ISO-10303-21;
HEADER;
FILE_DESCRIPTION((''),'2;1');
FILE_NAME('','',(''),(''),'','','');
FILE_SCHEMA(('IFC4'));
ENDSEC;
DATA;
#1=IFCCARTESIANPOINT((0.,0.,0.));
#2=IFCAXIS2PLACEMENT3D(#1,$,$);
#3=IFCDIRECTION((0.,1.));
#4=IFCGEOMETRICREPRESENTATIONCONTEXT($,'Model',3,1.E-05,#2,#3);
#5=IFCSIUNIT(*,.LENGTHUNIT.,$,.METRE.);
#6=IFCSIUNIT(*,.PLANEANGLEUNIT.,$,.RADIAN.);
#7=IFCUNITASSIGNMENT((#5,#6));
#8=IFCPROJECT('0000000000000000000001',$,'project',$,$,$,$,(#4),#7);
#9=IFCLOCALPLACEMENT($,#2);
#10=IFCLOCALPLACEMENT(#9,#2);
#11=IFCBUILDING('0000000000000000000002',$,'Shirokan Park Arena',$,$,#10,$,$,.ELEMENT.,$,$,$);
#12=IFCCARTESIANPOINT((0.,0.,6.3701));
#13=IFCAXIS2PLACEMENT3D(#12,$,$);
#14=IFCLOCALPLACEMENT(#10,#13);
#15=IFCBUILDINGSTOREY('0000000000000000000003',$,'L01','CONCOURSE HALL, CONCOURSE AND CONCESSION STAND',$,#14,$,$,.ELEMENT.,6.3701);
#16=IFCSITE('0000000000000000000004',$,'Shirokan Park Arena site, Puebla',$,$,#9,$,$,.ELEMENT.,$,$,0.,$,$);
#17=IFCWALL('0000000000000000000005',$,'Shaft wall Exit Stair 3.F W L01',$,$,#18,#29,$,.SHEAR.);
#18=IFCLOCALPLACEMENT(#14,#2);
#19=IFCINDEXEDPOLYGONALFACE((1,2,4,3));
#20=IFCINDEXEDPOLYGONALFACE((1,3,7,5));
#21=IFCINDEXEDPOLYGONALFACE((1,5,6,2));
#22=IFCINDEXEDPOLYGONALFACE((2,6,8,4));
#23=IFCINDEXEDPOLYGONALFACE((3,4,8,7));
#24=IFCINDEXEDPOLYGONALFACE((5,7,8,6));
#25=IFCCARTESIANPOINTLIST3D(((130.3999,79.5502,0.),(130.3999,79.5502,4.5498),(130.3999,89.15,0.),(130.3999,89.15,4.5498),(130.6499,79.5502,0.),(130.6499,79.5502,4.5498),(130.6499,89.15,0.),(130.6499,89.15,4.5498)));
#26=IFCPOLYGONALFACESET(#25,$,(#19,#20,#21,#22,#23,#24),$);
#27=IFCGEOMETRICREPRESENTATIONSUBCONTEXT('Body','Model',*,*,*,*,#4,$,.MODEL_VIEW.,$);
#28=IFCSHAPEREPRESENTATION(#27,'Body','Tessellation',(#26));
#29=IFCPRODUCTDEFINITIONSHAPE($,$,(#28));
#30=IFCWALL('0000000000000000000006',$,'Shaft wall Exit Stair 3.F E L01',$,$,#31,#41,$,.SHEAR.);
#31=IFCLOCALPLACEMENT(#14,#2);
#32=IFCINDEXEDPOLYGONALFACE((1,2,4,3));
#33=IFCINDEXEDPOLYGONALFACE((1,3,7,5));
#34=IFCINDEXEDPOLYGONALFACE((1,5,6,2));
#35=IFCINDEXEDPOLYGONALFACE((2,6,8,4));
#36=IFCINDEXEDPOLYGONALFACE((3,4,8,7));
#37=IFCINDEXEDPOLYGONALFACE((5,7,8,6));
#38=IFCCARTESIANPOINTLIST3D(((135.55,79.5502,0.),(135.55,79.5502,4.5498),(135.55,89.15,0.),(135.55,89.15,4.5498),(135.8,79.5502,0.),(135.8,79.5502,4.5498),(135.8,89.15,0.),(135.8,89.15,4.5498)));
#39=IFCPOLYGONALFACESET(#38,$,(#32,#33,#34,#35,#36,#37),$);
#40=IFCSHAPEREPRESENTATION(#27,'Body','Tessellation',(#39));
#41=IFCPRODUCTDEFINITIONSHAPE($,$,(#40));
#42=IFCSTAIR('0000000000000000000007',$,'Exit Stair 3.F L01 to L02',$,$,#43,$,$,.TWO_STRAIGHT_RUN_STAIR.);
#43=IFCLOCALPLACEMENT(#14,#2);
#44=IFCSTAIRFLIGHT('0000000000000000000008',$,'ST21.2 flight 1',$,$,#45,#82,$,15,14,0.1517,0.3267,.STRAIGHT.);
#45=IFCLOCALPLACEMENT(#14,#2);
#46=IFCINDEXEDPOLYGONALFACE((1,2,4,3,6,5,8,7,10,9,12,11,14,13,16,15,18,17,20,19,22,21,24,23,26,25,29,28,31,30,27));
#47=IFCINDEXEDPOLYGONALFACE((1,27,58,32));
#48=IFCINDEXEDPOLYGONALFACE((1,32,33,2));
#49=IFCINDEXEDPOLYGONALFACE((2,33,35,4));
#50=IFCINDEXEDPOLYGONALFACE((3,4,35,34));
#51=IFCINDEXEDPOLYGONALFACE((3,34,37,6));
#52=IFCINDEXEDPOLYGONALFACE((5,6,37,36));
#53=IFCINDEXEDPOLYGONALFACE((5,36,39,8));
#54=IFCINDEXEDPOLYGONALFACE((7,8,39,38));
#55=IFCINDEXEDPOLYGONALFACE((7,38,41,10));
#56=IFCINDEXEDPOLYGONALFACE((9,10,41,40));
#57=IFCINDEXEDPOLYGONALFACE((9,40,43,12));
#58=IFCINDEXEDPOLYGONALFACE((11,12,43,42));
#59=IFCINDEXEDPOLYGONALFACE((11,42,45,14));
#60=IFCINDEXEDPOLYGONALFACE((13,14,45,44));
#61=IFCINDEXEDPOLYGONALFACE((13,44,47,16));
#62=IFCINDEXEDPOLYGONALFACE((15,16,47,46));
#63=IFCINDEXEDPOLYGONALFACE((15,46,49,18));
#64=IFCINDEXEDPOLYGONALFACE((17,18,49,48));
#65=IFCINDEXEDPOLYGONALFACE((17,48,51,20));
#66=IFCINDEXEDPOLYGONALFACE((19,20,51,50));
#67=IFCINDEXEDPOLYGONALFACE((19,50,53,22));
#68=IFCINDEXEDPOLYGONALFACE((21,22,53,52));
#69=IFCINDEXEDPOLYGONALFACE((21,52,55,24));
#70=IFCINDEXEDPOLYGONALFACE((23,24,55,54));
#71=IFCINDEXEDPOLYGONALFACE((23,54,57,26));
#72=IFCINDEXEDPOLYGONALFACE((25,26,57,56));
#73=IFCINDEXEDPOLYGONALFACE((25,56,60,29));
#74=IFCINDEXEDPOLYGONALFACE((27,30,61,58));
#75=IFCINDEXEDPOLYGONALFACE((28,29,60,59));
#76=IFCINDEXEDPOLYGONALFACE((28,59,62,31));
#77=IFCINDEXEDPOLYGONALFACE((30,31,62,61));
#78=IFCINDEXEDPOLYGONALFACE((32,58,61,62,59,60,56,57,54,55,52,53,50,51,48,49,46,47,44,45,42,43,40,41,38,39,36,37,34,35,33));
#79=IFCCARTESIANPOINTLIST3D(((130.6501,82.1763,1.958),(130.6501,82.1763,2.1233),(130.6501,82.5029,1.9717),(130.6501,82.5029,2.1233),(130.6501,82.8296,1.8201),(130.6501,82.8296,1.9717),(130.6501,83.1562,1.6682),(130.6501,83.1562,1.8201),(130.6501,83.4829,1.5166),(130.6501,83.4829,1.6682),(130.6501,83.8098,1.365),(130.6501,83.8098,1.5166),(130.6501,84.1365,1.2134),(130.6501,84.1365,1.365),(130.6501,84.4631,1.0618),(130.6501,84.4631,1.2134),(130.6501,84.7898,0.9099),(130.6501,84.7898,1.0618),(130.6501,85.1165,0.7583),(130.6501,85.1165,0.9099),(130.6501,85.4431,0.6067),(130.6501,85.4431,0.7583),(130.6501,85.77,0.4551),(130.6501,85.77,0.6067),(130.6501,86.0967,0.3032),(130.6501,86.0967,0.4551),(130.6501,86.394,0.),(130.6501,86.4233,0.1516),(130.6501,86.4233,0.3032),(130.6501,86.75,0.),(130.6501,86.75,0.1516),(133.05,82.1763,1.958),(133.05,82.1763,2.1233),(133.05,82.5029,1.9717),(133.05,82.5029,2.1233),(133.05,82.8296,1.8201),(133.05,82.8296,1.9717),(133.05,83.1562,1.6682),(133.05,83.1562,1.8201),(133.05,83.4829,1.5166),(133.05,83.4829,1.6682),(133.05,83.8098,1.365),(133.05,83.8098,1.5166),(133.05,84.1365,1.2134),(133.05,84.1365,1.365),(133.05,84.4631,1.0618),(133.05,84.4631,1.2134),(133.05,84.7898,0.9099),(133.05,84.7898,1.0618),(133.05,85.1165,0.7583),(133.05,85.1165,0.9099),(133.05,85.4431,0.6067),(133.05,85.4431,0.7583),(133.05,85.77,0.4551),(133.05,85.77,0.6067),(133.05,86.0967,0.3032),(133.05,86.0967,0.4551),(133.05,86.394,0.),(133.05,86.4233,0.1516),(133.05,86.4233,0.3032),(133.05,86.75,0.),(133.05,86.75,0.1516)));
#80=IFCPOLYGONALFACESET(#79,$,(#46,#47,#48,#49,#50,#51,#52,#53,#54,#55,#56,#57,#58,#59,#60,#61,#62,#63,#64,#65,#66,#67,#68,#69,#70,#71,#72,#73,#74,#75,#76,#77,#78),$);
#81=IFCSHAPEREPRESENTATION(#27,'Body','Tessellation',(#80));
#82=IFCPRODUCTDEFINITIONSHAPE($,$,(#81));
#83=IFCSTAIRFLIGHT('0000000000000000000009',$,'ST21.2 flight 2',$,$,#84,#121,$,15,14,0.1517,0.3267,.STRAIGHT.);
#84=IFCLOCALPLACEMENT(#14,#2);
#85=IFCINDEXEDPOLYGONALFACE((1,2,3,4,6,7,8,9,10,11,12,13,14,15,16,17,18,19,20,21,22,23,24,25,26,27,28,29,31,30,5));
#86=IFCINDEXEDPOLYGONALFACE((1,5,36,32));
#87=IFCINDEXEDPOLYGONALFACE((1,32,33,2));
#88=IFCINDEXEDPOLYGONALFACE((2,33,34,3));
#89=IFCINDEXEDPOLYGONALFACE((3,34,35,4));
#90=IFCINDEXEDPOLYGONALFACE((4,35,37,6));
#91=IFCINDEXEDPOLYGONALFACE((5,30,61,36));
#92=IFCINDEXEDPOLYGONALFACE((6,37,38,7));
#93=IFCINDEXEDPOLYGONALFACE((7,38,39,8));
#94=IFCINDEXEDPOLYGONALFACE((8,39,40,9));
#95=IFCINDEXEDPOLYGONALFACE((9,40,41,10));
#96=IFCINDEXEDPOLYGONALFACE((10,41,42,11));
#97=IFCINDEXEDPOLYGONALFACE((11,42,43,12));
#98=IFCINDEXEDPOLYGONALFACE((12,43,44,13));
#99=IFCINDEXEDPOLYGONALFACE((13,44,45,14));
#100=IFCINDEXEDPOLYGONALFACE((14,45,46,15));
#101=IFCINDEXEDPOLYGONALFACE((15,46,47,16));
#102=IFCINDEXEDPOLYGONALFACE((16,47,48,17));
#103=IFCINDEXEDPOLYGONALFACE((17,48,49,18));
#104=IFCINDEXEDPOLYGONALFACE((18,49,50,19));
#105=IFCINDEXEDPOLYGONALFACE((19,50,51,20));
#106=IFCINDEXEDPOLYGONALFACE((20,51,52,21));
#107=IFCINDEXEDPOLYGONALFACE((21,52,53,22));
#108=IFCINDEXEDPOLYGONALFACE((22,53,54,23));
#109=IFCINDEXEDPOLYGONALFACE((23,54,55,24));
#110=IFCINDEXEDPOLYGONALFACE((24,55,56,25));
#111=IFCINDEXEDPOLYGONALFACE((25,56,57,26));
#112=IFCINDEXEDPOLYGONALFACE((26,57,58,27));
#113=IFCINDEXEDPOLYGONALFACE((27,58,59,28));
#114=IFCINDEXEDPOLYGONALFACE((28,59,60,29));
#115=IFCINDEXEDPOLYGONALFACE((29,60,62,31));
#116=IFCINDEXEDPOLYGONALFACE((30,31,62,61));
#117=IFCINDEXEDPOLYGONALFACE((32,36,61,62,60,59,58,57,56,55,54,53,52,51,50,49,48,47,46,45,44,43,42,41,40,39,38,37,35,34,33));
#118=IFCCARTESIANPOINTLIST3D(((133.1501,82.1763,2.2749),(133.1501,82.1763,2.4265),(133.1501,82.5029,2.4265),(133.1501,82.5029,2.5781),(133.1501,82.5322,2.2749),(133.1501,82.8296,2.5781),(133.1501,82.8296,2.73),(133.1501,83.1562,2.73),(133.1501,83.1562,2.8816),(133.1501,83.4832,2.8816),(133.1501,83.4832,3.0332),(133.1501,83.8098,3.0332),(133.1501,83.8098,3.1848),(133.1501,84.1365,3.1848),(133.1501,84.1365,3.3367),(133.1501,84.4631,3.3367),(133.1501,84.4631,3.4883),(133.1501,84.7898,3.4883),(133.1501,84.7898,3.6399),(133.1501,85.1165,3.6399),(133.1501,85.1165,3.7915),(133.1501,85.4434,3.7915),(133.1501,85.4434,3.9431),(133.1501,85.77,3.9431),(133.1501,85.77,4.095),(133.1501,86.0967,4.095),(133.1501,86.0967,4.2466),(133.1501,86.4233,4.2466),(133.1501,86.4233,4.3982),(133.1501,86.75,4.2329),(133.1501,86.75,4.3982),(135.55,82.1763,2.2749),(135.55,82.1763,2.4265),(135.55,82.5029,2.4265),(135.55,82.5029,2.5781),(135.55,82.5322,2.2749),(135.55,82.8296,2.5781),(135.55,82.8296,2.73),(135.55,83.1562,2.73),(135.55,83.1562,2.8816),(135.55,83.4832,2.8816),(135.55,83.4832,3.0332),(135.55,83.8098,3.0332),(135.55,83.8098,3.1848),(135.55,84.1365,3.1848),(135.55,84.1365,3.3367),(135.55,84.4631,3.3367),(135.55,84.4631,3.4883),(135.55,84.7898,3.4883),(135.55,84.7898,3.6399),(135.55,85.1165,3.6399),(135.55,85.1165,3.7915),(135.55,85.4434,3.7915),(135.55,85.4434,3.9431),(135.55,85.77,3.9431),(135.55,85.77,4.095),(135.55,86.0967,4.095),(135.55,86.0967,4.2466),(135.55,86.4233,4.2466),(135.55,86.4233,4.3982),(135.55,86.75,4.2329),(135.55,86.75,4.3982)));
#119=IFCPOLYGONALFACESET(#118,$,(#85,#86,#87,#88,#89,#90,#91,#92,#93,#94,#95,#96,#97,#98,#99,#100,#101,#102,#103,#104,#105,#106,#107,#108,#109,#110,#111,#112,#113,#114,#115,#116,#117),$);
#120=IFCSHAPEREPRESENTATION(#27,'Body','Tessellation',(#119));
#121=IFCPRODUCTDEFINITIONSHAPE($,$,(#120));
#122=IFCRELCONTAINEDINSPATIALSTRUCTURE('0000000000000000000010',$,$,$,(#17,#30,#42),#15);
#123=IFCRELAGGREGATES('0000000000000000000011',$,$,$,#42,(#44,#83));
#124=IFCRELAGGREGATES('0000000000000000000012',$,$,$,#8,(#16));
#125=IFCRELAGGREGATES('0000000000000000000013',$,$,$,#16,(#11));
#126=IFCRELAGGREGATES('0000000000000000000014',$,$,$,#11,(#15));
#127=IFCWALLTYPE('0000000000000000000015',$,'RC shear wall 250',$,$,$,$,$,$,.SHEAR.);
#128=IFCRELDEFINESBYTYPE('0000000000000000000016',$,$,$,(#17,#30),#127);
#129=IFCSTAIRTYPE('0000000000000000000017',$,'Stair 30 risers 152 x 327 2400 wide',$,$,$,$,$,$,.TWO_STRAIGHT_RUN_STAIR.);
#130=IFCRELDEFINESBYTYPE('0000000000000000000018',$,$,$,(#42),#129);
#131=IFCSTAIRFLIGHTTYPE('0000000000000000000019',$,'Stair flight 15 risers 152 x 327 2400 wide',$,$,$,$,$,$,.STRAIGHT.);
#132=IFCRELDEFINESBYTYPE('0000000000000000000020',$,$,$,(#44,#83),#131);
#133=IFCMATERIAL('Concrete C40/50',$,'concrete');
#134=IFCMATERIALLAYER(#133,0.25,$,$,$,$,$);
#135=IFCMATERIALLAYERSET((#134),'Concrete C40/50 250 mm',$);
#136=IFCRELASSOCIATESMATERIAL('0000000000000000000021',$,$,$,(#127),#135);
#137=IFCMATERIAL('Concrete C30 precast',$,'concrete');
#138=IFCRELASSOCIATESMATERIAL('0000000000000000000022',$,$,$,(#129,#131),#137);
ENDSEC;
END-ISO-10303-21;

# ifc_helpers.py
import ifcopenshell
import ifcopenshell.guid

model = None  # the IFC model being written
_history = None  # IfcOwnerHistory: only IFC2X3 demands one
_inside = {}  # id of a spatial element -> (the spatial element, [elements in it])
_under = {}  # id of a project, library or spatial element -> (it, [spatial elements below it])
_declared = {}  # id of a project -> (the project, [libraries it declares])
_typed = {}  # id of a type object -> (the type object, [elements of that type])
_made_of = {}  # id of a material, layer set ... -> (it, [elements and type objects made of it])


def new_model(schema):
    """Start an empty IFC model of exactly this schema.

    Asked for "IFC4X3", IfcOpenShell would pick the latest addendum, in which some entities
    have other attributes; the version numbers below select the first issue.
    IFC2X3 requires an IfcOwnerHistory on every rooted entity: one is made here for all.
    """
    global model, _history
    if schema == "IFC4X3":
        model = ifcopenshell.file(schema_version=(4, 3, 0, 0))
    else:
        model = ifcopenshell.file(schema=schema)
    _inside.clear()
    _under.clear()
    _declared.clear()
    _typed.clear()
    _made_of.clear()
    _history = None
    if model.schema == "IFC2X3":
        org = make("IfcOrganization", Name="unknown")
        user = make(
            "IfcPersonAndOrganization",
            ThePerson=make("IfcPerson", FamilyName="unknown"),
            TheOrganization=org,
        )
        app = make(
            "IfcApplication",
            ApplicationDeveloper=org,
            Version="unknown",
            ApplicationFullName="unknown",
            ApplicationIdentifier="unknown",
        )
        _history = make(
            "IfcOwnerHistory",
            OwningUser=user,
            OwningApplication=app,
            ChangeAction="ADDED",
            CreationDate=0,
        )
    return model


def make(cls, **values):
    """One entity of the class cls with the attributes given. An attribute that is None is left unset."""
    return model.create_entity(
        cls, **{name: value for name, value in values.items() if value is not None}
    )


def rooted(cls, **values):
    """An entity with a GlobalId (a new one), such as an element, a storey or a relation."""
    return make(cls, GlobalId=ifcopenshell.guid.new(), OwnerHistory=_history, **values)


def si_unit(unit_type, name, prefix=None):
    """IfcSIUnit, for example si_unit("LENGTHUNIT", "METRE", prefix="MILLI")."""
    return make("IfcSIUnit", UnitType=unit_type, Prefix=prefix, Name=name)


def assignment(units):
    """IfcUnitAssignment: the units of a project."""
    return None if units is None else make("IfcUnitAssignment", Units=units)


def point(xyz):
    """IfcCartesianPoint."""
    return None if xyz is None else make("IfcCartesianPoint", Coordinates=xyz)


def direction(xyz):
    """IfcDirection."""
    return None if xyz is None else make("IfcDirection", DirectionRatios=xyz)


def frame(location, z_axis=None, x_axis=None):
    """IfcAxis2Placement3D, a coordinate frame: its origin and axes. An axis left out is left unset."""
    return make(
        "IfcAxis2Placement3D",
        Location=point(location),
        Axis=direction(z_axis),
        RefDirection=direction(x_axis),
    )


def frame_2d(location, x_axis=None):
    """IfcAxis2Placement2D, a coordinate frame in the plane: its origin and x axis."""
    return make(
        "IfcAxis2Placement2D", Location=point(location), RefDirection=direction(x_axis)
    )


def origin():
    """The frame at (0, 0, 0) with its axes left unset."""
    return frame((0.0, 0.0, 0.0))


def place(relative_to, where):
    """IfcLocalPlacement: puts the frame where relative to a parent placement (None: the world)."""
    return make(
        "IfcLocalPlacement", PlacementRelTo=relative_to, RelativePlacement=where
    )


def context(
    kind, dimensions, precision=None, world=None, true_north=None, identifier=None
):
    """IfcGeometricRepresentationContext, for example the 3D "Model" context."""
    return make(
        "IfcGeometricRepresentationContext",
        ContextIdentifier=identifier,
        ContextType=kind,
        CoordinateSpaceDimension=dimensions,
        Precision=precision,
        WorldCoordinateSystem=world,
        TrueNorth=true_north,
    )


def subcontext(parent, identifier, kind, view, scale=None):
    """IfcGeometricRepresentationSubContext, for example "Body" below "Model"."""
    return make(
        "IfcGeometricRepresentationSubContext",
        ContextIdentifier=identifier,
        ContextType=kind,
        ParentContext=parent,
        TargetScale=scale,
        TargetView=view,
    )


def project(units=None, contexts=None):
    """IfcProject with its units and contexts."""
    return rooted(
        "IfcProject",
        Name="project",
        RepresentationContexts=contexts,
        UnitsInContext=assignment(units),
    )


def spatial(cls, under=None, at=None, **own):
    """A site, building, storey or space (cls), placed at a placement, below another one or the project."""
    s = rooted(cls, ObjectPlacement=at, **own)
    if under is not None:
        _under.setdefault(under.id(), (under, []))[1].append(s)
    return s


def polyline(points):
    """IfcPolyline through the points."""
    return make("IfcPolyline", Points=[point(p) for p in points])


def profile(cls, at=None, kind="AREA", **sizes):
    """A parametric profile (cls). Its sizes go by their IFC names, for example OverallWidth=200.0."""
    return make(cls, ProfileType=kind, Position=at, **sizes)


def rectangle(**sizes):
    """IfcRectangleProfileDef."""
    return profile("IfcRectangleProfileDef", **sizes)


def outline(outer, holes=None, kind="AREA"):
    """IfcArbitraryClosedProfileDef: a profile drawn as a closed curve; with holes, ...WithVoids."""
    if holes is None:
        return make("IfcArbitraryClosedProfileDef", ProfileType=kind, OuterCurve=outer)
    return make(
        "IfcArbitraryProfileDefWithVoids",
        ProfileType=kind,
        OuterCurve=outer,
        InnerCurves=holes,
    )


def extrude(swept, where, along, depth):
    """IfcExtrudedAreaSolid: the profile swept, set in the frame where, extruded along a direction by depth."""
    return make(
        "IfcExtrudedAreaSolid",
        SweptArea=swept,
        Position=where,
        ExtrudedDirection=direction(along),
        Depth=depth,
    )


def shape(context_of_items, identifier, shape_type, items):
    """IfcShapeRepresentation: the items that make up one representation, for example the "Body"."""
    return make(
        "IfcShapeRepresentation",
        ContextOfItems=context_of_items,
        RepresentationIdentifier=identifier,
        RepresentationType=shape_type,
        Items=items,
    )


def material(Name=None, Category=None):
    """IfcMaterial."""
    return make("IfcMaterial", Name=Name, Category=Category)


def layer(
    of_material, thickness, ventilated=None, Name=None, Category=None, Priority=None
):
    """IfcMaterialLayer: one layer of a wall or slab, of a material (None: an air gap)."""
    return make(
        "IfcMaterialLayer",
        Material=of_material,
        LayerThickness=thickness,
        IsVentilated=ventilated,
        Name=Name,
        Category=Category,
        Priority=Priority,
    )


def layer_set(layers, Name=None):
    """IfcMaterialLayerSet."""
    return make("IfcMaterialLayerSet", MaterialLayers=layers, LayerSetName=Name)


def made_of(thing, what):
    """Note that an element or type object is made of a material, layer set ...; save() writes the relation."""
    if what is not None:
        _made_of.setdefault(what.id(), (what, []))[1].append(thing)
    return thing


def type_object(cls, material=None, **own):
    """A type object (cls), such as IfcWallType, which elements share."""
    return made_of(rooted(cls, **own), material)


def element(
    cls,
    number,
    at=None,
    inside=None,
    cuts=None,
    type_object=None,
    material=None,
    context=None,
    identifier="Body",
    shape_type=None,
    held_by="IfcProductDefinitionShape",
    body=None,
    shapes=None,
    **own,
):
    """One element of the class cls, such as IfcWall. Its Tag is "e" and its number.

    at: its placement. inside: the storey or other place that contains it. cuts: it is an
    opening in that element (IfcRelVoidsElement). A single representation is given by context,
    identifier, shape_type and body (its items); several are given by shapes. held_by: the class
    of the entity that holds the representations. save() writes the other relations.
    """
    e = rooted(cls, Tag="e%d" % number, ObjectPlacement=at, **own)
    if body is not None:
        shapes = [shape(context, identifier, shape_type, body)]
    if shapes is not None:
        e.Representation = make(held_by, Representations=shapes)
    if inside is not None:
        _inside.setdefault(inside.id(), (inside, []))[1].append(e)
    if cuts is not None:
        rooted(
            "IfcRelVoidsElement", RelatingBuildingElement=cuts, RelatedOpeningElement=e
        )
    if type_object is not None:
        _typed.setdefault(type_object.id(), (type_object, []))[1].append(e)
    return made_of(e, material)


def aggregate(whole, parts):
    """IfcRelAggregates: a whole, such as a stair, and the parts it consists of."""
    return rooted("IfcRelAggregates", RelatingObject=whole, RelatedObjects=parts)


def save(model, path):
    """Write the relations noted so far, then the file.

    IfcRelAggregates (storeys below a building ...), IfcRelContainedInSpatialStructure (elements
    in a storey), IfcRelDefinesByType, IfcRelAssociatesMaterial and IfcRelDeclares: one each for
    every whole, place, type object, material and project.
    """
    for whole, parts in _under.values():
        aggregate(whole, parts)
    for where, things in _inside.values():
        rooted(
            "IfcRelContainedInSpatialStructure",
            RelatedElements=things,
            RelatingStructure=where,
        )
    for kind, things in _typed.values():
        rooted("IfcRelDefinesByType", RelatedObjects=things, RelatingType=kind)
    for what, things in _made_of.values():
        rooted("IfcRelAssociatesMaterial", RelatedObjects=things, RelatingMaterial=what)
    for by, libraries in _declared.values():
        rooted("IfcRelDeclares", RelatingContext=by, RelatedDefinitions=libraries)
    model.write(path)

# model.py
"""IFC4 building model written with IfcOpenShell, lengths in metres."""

from ifc_helpers import new_model, si_unit, direction, frame, frame_2d, origin, place, context, subcontext, project, spatial, polyline, rectangle, outline, extrude, material, layer, layer_set, type_object, element, aggregate, save


model = new_model("IFC4")

# Units and contexts
model_context = context("Model", 3, precision=1e-05, world=origin(), true_north=direction((0.0, 1.0)))
body_context = subcontext(model_context, "Body", "Model", "MODEL_VIEW")
ifc_project = project(units=[si_unit("LENGTHUNIT", "METRE"), si_unit("PLANEANGLEUNIT", "RADIAN")], contexts=[model_context])

# Site, building, storey
site_placement = place(None, origin())
site = spatial("IfcSite", under=ifc_project, at=site_placement, Name="Shirokan Park Arena site, Puebla", CompositionType="ELEMENT", RefElevation=0.0)
building_placement = place(site_placement, origin())
building = spatial("IfcBuilding", under=site, at=building_placement, Name="Shirokan Park Arena", CompositionType="ELEMENT")
storey_placement = place(building_placement, frame((0.0, 0.0, 6.3701)))
storey = spatial("IfcBuildingStorey", under=building, at=storey_placement, Name="L01", Description="CONCOURSE HALL, CONCOURSE AND CONCESSION STAND", CompositionType="ELEMENT", Elevation=6.3701)

# Shared definitions
ifc_material_1 = material(Name="Concrete C40/50", Category="concrete")
ifc_layer_1 = layer(ifc_material_1, 0.25)
ifc_layer_set_1 = layer_set([ifc_layer_1], Name="Concrete C40/50 250 mm")
wall_type_1 = type_object("IfcWallType", Name="RC shear wall 250", PredefinedType="SHEAR", material=ifc_layer_set_1)

# Walls
for number, where, z_axis, x_axis, name in (
    (1, (130.5249, 89.1499, 0.0), (0.0, 0.0, 1.0), (0.0, -1.0, 0.0), "Shaft wall Exit Stair 3.F W L01"),
    (2, (135.675, 89.1499, 0.0), (0.0, 0.0, 1.0), (0.0, -1.0, 0.0), "Shaft wall Exit Stair 3.F E L01"),
):
    element("IfcWall", number, at=place(storey_placement, frame(where, z_axis=z_axis, x_axis=x_axis)), inside=storey, type_object=wall_type_1, Name=name, PredefinedType="SHEAR", context=body_context, shape_type="SweptSolid", body=[
        extrude(rectangle(XDim=9.5999, YDim=0.25, at=frame_2d((4.7998, 0.0))), origin(), (0.0, 0.0, 1.0), 4.5498),
    ])

# Stair, stair flights
ifc_material_2 = material(Name="Concrete C30 precast", Category="concrete")
stair_type = type_object("IfcStairType", Name="Stair 30 risers 152 x 327 2400 wide", PredefinedType="TWO_STRAIGHT_RUN_STAIR", material=ifc_material_2)
stair_placement = place(storey_placement, origin())
stair = element("IfcStair", 3, at=stair_placement, inside=storey, type_object=stair_type, Name="Exit Stair 3.F L01 to L02", PredefinedType="TWO_STRAIGHT_RUN_STAIR")
stair_flight_type = type_object("IfcStairFlightType", Name="Stair flight 15 risers 152 x 327 2400 wide", PredefinedType="STRAIGHT", material=ifc_material_2)
stair_flight_1_placement = place(storey_placement, frame((131.8501, 86.75, 0.0), z_axis=(0.0, 0.0, 1.0), x_axis=(0.0, -1.0, 0.0)))
stair_flight_1 = element("IfcStairFlight", 4, at=stair_flight_1_placement, type_object=stair_flight_type, Name="ST21.2 flight 1", NumberOfRisers=15, NumberOfTreads=14, PredefinedType="STRAIGHT", RiserHeight=0.1517, TreadLength=0.3267, context=body_context, shape_type="SweptSolid", body=[
    extrude(outline(polyline([(0.0, 0.0), (0.0, 0.1516), (0.3267, 0.1516), (0.3267, 0.3032), (0.6533, 0.3032), (0.6533, 0.4551), (0.98, 0.4551), (0.98, 0.6067), (1.3069, 0.6067), (1.3069, 0.7583), (1.6335, 0.7583), (1.6335, 0.9099), (1.9602, 0.9099), (1.9602, 1.0618), (2.2869, 1.0618), (2.2869, 1.2134), (2.6135, 1.2134), (2.6135, 1.365), (2.9402, 1.365), (2.9402, 1.5166), (3.2671, 1.5166), (3.2671, 1.6682), (3.5938, 1.6682), (3.5938, 1.8201), (3.9204, 1.8201), (3.9204, 1.9717), (4.2471, 1.9717), (4.2471, 2.1233), (4.5737, 2.1233), (4.5737, 2.2749), (4.5737, 1.958), (0.356, 0.0), (0.0, 0.0)])), frame((0.0, 1.2, 0.0), z_axis=(0.0, -1.0, 0.0), x_axis=(1.0, 0.0, 0.0)), (0.0, 0.0, 1.0), 2.3999),
])
stair_flight_2_placement = place(storey_placement, frame((134.3501, 82.1763, 2.2749), z_axis=(0.0, 0.0, 1.0), x_axis=(0.0, 1.0, 0.0)))
stair_flight_2 = element("IfcStairFlight", 5, at=stair_flight_2_placement, type_object=stair_flight_type, Name="ST21.2 flight 2", NumberOfRisers=15, NumberOfTreads=14, PredefinedType="STRAIGHT", RiserHeight=0.1517, TreadLength=0.3267, context=body_context, shape_type="SweptSolid", body=[
    extrude(outline(polyline([(0.0, 0.0), (0.0, 0.1516), (0.3267, 0.1516), (0.3267, 0.3032), (0.6533, 0.3032), (0.6533, 0.4551), (0.98, 0.4551), (0.98, 0.6067), (1.3069, 0.6067), (1.3069, 0.7583), (1.6335, 0.7583), (1.6335, 0.9099), (1.9602, 0.9099), (1.9602, 1.0618), (2.2869, 1.0618), (2.2869, 1.2134), (2.6135, 1.2134), (2.6135, 1.365), (2.9402, 1.365), (2.9402, 1.5166), (3.2671, 1.5166), (3.2671, 1.6682), (3.5938, 1.6682), (3.5938, 1.8201), (3.9204, 1.8201), (3.9204, 1.9717), (4.2471, 1.9717), (4.2471, 2.1233), (4.5737, 2.1233), (4.5737, 2.2749), (4.5737, 1.958), (0.356, 0.0), (0.0, 0.0)])), frame((0.0, 1.2, 0.0), z_axis=(0.0, -1.0, 0.0), x_axis=(1.0, 0.0, 0.0)), (0.0, 0.0, 1.0), 2.3999),
])
aggregate(stair, [stair_flight_1, stair_flight_2])

save(model, "model.ifc")
